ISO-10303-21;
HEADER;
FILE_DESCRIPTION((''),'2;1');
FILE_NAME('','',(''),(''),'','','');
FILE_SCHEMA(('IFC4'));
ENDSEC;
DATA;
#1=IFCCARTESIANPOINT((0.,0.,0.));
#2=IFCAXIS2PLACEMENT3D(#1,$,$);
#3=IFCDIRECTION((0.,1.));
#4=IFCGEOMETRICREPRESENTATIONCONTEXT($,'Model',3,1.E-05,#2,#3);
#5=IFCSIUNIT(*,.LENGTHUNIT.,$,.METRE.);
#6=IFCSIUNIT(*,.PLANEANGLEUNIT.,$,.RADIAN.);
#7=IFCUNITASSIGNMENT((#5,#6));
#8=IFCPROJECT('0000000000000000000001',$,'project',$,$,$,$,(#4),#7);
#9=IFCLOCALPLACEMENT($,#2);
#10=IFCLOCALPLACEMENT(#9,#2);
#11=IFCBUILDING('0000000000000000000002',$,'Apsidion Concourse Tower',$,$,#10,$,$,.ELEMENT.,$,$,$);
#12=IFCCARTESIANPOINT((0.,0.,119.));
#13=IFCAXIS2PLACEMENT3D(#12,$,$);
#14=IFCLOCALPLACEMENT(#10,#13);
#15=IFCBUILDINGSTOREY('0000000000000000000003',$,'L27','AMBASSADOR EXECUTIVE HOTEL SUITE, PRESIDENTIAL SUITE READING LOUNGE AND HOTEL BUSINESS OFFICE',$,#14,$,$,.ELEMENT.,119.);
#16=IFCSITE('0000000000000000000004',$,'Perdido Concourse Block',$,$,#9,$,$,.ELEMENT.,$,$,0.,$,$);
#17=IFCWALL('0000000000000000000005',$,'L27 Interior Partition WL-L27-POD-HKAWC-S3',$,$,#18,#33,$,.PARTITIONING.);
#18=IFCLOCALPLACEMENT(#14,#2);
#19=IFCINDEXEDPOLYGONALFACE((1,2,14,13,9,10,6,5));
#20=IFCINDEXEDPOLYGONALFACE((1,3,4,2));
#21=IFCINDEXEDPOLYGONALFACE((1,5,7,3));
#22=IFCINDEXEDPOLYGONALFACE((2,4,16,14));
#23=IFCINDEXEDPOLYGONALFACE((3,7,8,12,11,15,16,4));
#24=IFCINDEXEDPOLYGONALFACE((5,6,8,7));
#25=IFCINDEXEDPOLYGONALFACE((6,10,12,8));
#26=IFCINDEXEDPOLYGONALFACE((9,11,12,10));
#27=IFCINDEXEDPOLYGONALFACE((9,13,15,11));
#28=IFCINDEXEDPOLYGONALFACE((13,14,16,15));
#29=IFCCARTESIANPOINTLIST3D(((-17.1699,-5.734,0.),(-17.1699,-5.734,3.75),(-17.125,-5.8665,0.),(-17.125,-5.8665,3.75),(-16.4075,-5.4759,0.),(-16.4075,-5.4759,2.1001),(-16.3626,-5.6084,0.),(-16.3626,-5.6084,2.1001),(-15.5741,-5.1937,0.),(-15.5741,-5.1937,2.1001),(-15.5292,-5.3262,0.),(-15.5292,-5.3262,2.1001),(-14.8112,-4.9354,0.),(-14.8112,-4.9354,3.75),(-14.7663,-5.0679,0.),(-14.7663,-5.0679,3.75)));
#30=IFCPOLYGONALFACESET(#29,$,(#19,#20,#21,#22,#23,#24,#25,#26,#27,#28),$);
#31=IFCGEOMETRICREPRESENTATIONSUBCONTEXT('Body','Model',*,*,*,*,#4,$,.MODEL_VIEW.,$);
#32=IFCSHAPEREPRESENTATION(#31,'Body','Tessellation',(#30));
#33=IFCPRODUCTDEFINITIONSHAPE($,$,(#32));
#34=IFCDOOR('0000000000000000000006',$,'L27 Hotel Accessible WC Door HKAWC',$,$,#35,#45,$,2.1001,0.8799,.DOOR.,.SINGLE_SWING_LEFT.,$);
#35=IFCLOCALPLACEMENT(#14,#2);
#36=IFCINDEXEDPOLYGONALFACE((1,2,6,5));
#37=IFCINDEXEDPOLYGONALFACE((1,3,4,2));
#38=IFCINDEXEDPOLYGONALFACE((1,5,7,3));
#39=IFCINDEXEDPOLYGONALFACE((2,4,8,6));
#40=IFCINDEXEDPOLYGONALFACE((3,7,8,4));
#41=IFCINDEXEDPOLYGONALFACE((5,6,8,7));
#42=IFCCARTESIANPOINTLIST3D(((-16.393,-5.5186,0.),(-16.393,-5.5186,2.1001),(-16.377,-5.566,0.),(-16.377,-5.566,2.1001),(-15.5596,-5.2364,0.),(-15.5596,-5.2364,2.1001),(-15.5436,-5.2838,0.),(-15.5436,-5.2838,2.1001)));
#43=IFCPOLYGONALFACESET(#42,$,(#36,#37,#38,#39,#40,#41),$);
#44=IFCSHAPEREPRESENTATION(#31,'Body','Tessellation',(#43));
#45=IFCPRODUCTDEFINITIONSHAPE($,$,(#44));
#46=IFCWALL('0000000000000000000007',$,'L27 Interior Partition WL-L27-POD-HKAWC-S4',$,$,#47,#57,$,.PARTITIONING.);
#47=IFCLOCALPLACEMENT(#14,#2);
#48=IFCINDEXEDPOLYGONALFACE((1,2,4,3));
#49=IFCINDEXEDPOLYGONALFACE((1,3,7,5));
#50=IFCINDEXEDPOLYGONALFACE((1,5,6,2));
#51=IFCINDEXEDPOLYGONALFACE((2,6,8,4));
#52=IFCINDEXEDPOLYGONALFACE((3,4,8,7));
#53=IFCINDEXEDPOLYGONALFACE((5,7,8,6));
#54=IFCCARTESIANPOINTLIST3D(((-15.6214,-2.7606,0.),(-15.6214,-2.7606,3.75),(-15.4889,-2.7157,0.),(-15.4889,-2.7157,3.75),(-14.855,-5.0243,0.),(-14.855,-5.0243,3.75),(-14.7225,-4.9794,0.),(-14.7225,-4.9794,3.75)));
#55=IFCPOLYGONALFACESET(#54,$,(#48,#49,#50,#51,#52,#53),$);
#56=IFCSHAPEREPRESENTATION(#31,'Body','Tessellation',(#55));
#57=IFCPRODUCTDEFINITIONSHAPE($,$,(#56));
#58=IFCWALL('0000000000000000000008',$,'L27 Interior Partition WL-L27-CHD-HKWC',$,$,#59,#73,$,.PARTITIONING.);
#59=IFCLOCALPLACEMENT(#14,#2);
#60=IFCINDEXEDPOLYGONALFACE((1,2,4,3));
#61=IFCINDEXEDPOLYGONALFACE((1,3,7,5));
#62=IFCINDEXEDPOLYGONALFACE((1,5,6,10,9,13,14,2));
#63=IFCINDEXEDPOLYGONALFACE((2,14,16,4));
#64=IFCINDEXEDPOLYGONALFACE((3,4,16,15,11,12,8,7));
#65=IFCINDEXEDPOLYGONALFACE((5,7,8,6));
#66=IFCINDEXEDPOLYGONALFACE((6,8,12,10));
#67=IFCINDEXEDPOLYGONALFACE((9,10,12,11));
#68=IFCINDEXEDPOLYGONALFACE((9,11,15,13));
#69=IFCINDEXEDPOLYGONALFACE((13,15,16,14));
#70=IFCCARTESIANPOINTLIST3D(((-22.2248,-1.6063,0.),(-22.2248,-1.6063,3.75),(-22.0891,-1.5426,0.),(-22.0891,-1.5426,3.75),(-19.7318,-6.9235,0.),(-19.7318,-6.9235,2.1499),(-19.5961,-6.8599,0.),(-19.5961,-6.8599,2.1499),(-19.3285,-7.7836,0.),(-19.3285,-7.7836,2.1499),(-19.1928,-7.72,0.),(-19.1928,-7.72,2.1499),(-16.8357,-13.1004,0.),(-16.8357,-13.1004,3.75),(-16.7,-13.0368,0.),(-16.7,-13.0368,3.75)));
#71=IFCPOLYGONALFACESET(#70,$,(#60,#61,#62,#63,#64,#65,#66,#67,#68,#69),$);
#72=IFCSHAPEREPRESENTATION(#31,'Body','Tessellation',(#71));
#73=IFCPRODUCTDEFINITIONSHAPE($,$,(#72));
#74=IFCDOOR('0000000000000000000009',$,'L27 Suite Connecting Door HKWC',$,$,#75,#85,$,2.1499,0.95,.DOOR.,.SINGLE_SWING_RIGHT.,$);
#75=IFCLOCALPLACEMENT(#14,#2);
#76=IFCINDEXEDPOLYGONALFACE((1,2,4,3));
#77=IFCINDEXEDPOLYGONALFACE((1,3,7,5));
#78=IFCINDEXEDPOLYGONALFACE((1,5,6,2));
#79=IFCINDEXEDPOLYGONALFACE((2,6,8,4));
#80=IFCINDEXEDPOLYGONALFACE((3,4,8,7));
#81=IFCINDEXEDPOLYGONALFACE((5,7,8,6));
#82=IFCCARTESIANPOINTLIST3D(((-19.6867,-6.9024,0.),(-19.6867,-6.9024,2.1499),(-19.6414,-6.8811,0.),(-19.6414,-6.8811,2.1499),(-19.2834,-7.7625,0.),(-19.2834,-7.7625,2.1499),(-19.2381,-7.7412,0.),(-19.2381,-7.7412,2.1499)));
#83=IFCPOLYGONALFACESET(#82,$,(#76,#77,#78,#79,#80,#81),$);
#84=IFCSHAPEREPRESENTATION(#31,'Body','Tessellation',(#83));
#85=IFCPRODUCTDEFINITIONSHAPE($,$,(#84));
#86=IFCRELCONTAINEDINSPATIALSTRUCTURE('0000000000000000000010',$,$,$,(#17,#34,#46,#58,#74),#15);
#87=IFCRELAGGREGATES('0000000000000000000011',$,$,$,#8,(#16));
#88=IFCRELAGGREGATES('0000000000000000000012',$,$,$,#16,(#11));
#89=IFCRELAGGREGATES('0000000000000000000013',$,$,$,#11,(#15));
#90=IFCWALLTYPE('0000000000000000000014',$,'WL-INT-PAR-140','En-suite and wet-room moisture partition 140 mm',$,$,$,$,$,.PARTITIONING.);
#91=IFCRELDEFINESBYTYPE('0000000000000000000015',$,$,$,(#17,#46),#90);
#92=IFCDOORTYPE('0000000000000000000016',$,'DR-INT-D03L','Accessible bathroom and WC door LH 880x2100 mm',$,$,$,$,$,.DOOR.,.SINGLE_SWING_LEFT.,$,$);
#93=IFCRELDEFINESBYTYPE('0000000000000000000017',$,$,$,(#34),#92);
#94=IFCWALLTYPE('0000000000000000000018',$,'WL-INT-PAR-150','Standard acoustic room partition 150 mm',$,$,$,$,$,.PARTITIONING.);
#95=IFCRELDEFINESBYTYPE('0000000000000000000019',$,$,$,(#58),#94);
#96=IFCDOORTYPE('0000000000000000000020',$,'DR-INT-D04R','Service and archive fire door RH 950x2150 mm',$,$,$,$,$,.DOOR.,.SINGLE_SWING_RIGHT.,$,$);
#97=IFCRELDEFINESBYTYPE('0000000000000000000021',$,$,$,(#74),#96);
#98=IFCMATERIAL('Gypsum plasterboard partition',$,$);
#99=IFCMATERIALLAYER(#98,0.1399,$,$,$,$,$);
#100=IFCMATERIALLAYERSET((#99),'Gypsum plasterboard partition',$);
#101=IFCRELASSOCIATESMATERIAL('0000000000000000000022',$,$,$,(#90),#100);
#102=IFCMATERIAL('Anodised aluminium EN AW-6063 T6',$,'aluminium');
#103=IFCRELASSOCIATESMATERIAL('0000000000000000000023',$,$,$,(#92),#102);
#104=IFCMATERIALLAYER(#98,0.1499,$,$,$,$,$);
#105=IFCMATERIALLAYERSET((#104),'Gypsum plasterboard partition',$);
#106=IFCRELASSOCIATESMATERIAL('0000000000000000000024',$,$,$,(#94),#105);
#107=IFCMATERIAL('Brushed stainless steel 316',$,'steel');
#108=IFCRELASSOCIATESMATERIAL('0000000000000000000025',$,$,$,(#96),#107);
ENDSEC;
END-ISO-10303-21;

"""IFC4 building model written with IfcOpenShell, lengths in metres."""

from ifc_helpers import new_model, si_unit, direction, frame, frame_2d, origin, place, context, subcontext, project, spatial, rectangle, extrude, material, layer, layer_set, type_object, element, fill, save


model = new_model("IFC4")

# Units and contexts
model_context = context("Model", 3, precision=1e-05, world=origin(), true_north=direction((0.0, 1.0)))
body_context = subcontext(model_context, "Body", "Model", "MODEL_VIEW")
ifc_project = project(units=[si_unit("LENGTHUNIT", "METRE"), si_unit("PLANEANGLEUNIT", "RADIAN")], contexts=[model_context])

# Site, building, storey
site_placement = place(None, origin())
site = spatial("IfcSite", under=ifc_project, at=site_placement, Name="Perdido Concourse Block", CompositionType="ELEMENT", RefElevation=0.0)
building_placement = place(site_placement, origin())
building = spatial("IfcBuilding", under=site, at=building_placement, Name="Apsidion Concourse Tower", CompositionType="ELEMENT")
storey_placement = place(building_placement, frame((0.0, 0.0, 119.0)))
storey = spatial("IfcBuildingStorey", under=building, at=storey_placement, Name="L27", Description="AMBASSADOR EXECUTIVE HOTEL SUITE, PRESIDENTIAL SUITE READING LOUNGE AND HOTEL BUSINESS OFFICE", CompositionType="ELEMENT", Elevation=119.0)

# Shared definitions
ifc_material_1 = material(Name="Gypsum plasterboard partition")
ifc_layer_1 = layer(ifc_material_1, 0.1399)
ifc_layer_set_1 = layer_set([ifc_layer_1], Name="Gypsum plasterboard partition")
wall_type_1 = type_object("IfcWallType", Name="WL-INT-PAR-140", Description="En-suite and wet-room moisture partition 140 mm", PredefinedType="PARTITIONING", material=ifc_layer_set_1)

# Wall, opening, door
wall_1_placement = place(storey_placement, frame((-17.1475, -5.8003, 0.0), z_axis=(0.0, 0.0, 1.0), x_axis=(0.947183, 0.320695, 0.0)))
wall_1 = element("IfcWall", 1, at=wall_1_placement, inside=storey, type_object=wall_type_1, Name="L27 Interior Partition WL-L27-POD-HKAWC-S3", PredefinedType="PARTITIONING", context=body_context, shape_type="SweptSolid", body=[
    extrude(rectangle(XDim=2.4902, YDim=0.1399, at=frame_2d((1.2451, 0.0))), origin(), (0.0, 0.0, 1.0), 3.75),
])
opening_1_placement = place(wall_1_placement, frame((0.8049, 0.0, 0.0)))
opening_1 = element("IfcOpeningElement", 2, at=opening_1_placement, cuts=wall_1, PredefinedType="OPENING", context=body_context, shape_type="SweptSolid", body=[
    extrude(rectangle(XDim=0.8799, YDim=2.1001, at=frame_2d((0.4399, 1.05))), frame((0.0, 0.0801, 0.0), z_axis=(0.0, -1.0, 0.0), x_axis=(1.0, 0.0, 0.0)), (0.0, 0.0, 1.0), 0.1599),
])
ifc_material_2 = material(Name="Anodised aluminium EN AW-6063 T6", Category="aluminium")
door_type_1 = type_object("IfcDoorType", Name="DR-INT-D03L", Description="Accessible bathroom and WC door LH 880x2100 mm", OperationType="SINGLE_SWING_LEFT", PredefinedType="DOOR", material=ifc_material_2)
door_1_placement = place(opening_1_placement, origin())
door_1 = element("IfcDoor", 3, at=door_1_placement, inside=storey, type_object=door_type_1, Name="L27 Hotel Accessible WC Door HKAWC", OperationType="SINGLE_SWING_LEFT", OverallHeight=2.1001, OverallWidth=0.8799, PredefinedType="DOOR", context=body_context, shape_type="SweptSolid", body=[
    extrude(rectangle(XDim=0.8799, YDim=2.1001, at=frame_2d((0.4399, 1.05))), frame((0.0, 0.0249, 0.0), z_axis=(0.0, -1.0, 0.0), x_axis=(1.0, 0.0, 0.0)), (0.0, 0.0, 1.0), 0.05),
])
fill(opening_1, door_1)

# Wall
wall_2_placement = place(storey_placement, frame((-14.7888, -5.0017, 0.0), z_axis=(0.0, 0.0, 1.0), x_axis=(-0.320668, 0.947192, 0.0)))
element("IfcWall", 4, at=wall_2_placement, inside=storey, type_object=wall_type_1, Name="L27 Interior Partition WL-L27-POD-HKAWC-S4", PredefinedType="PARTITIONING", context=body_context, shape_type="SweptSolid", body=[
    extrude(rectangle(XDim=2.3899, YDim=0.1399, at=frame_2d((1.1948, 0.0))), origin(), (0.0, 0.0, 1.0), 3.75),
])

# Wall, opening, door
ifc_layer_2 = layer(ifc_material_1, 0.1499)
ifc_layer_set_2 = layer_set([ifc_layer_2], Name="Gypsum plasterboard partition")
wall_type_2 = type_object("IfcWallType", Name="WL-INT-PAR-150", Description="Standard acoustic room partition 150 mm", PredefinedType="PARTITIONING", material=ifc_layer_set_2)
wall_3_placement = place(storey_placement, frame((-22.157, -1.5745, 0.0), z_axis=(0.0, 0.0, 1.0), x_axis=(0.424517, -0.90542, 0.0)))
wall_3 = element("IfcWall", 5, at=wall_3_placement, inside=storey, type_object=wall_type_2, Name="L27 Interior Partition WL-L27-CHD-HKWC", PredefinedType="PARTITIONING", context=body_context, shape_type="SweptSolid", body=[
    extrude(rectangle(XDim=12.6948, YDim=0.1499, at=frame_2d((6.3474, 0.0))), origin(), (0.0, 0.0, 1.0), 3.75),
])
opening_2_placement = place(wall_3_placement, frame((5.8726, 0.0, 0.0)))
opening_2 = element("IfcOpeningElement", 6, at=opening_2_placement, cuts=wall_3, PredefinedType="OPENING", context=body_context, shape_type="SweptSolid", body=[
    extrude(rectangle(XDim=0.95, YDim=2.1499, at=frame_2d((0.4751, 1.075))), frame((0.0, 0.085, 0.0), z_axis=(0.0, -1.0, 0.0), x_axis=(1.0, 0.0, 0.0)), (0.0, 0.0, 1.0), 0.1699),
])
ifc_material_3 = material(Name="Brushed stainless steel 316", Category="steel")
door_type_2 = type_object("IfcDoorType", Name="DR-INT-D04R", Description="Service and archive fire door RH 950x2150 mm", OperationType="SINGLE_SWING_RIGHT", PredefinedType="DOOR", material=ifc_material_3)
door_2_placement = place(opening_2_placement, origin())
door_2 = element("IfcDoor", 7, at=door_2_placement, inside=storey, type_object=door_type_2, Name="L27 Suite Connecting Door HKWC", OperationType="SINGLE_SWING_RIGHT", OverallHeight=2.1499, OverallWidth=0.95, PredefinedType="DOOR", context=body_context, shape_type="SweptSolid", body=[
    extrude(rectangle(XDim=0.95, YDim=2.1499, at=frame_2d((0.4751, 1.075))), frame((0.0, 0.0249, 0.0), z_axis=(0.0, -1.0, 0.0), x_axis=(1.0, 0.0, 0.0)), (0.0, 0.0, 1.0), 0.05),
])
fill(opening_2, door_2)

save(model, "model.ifc")
